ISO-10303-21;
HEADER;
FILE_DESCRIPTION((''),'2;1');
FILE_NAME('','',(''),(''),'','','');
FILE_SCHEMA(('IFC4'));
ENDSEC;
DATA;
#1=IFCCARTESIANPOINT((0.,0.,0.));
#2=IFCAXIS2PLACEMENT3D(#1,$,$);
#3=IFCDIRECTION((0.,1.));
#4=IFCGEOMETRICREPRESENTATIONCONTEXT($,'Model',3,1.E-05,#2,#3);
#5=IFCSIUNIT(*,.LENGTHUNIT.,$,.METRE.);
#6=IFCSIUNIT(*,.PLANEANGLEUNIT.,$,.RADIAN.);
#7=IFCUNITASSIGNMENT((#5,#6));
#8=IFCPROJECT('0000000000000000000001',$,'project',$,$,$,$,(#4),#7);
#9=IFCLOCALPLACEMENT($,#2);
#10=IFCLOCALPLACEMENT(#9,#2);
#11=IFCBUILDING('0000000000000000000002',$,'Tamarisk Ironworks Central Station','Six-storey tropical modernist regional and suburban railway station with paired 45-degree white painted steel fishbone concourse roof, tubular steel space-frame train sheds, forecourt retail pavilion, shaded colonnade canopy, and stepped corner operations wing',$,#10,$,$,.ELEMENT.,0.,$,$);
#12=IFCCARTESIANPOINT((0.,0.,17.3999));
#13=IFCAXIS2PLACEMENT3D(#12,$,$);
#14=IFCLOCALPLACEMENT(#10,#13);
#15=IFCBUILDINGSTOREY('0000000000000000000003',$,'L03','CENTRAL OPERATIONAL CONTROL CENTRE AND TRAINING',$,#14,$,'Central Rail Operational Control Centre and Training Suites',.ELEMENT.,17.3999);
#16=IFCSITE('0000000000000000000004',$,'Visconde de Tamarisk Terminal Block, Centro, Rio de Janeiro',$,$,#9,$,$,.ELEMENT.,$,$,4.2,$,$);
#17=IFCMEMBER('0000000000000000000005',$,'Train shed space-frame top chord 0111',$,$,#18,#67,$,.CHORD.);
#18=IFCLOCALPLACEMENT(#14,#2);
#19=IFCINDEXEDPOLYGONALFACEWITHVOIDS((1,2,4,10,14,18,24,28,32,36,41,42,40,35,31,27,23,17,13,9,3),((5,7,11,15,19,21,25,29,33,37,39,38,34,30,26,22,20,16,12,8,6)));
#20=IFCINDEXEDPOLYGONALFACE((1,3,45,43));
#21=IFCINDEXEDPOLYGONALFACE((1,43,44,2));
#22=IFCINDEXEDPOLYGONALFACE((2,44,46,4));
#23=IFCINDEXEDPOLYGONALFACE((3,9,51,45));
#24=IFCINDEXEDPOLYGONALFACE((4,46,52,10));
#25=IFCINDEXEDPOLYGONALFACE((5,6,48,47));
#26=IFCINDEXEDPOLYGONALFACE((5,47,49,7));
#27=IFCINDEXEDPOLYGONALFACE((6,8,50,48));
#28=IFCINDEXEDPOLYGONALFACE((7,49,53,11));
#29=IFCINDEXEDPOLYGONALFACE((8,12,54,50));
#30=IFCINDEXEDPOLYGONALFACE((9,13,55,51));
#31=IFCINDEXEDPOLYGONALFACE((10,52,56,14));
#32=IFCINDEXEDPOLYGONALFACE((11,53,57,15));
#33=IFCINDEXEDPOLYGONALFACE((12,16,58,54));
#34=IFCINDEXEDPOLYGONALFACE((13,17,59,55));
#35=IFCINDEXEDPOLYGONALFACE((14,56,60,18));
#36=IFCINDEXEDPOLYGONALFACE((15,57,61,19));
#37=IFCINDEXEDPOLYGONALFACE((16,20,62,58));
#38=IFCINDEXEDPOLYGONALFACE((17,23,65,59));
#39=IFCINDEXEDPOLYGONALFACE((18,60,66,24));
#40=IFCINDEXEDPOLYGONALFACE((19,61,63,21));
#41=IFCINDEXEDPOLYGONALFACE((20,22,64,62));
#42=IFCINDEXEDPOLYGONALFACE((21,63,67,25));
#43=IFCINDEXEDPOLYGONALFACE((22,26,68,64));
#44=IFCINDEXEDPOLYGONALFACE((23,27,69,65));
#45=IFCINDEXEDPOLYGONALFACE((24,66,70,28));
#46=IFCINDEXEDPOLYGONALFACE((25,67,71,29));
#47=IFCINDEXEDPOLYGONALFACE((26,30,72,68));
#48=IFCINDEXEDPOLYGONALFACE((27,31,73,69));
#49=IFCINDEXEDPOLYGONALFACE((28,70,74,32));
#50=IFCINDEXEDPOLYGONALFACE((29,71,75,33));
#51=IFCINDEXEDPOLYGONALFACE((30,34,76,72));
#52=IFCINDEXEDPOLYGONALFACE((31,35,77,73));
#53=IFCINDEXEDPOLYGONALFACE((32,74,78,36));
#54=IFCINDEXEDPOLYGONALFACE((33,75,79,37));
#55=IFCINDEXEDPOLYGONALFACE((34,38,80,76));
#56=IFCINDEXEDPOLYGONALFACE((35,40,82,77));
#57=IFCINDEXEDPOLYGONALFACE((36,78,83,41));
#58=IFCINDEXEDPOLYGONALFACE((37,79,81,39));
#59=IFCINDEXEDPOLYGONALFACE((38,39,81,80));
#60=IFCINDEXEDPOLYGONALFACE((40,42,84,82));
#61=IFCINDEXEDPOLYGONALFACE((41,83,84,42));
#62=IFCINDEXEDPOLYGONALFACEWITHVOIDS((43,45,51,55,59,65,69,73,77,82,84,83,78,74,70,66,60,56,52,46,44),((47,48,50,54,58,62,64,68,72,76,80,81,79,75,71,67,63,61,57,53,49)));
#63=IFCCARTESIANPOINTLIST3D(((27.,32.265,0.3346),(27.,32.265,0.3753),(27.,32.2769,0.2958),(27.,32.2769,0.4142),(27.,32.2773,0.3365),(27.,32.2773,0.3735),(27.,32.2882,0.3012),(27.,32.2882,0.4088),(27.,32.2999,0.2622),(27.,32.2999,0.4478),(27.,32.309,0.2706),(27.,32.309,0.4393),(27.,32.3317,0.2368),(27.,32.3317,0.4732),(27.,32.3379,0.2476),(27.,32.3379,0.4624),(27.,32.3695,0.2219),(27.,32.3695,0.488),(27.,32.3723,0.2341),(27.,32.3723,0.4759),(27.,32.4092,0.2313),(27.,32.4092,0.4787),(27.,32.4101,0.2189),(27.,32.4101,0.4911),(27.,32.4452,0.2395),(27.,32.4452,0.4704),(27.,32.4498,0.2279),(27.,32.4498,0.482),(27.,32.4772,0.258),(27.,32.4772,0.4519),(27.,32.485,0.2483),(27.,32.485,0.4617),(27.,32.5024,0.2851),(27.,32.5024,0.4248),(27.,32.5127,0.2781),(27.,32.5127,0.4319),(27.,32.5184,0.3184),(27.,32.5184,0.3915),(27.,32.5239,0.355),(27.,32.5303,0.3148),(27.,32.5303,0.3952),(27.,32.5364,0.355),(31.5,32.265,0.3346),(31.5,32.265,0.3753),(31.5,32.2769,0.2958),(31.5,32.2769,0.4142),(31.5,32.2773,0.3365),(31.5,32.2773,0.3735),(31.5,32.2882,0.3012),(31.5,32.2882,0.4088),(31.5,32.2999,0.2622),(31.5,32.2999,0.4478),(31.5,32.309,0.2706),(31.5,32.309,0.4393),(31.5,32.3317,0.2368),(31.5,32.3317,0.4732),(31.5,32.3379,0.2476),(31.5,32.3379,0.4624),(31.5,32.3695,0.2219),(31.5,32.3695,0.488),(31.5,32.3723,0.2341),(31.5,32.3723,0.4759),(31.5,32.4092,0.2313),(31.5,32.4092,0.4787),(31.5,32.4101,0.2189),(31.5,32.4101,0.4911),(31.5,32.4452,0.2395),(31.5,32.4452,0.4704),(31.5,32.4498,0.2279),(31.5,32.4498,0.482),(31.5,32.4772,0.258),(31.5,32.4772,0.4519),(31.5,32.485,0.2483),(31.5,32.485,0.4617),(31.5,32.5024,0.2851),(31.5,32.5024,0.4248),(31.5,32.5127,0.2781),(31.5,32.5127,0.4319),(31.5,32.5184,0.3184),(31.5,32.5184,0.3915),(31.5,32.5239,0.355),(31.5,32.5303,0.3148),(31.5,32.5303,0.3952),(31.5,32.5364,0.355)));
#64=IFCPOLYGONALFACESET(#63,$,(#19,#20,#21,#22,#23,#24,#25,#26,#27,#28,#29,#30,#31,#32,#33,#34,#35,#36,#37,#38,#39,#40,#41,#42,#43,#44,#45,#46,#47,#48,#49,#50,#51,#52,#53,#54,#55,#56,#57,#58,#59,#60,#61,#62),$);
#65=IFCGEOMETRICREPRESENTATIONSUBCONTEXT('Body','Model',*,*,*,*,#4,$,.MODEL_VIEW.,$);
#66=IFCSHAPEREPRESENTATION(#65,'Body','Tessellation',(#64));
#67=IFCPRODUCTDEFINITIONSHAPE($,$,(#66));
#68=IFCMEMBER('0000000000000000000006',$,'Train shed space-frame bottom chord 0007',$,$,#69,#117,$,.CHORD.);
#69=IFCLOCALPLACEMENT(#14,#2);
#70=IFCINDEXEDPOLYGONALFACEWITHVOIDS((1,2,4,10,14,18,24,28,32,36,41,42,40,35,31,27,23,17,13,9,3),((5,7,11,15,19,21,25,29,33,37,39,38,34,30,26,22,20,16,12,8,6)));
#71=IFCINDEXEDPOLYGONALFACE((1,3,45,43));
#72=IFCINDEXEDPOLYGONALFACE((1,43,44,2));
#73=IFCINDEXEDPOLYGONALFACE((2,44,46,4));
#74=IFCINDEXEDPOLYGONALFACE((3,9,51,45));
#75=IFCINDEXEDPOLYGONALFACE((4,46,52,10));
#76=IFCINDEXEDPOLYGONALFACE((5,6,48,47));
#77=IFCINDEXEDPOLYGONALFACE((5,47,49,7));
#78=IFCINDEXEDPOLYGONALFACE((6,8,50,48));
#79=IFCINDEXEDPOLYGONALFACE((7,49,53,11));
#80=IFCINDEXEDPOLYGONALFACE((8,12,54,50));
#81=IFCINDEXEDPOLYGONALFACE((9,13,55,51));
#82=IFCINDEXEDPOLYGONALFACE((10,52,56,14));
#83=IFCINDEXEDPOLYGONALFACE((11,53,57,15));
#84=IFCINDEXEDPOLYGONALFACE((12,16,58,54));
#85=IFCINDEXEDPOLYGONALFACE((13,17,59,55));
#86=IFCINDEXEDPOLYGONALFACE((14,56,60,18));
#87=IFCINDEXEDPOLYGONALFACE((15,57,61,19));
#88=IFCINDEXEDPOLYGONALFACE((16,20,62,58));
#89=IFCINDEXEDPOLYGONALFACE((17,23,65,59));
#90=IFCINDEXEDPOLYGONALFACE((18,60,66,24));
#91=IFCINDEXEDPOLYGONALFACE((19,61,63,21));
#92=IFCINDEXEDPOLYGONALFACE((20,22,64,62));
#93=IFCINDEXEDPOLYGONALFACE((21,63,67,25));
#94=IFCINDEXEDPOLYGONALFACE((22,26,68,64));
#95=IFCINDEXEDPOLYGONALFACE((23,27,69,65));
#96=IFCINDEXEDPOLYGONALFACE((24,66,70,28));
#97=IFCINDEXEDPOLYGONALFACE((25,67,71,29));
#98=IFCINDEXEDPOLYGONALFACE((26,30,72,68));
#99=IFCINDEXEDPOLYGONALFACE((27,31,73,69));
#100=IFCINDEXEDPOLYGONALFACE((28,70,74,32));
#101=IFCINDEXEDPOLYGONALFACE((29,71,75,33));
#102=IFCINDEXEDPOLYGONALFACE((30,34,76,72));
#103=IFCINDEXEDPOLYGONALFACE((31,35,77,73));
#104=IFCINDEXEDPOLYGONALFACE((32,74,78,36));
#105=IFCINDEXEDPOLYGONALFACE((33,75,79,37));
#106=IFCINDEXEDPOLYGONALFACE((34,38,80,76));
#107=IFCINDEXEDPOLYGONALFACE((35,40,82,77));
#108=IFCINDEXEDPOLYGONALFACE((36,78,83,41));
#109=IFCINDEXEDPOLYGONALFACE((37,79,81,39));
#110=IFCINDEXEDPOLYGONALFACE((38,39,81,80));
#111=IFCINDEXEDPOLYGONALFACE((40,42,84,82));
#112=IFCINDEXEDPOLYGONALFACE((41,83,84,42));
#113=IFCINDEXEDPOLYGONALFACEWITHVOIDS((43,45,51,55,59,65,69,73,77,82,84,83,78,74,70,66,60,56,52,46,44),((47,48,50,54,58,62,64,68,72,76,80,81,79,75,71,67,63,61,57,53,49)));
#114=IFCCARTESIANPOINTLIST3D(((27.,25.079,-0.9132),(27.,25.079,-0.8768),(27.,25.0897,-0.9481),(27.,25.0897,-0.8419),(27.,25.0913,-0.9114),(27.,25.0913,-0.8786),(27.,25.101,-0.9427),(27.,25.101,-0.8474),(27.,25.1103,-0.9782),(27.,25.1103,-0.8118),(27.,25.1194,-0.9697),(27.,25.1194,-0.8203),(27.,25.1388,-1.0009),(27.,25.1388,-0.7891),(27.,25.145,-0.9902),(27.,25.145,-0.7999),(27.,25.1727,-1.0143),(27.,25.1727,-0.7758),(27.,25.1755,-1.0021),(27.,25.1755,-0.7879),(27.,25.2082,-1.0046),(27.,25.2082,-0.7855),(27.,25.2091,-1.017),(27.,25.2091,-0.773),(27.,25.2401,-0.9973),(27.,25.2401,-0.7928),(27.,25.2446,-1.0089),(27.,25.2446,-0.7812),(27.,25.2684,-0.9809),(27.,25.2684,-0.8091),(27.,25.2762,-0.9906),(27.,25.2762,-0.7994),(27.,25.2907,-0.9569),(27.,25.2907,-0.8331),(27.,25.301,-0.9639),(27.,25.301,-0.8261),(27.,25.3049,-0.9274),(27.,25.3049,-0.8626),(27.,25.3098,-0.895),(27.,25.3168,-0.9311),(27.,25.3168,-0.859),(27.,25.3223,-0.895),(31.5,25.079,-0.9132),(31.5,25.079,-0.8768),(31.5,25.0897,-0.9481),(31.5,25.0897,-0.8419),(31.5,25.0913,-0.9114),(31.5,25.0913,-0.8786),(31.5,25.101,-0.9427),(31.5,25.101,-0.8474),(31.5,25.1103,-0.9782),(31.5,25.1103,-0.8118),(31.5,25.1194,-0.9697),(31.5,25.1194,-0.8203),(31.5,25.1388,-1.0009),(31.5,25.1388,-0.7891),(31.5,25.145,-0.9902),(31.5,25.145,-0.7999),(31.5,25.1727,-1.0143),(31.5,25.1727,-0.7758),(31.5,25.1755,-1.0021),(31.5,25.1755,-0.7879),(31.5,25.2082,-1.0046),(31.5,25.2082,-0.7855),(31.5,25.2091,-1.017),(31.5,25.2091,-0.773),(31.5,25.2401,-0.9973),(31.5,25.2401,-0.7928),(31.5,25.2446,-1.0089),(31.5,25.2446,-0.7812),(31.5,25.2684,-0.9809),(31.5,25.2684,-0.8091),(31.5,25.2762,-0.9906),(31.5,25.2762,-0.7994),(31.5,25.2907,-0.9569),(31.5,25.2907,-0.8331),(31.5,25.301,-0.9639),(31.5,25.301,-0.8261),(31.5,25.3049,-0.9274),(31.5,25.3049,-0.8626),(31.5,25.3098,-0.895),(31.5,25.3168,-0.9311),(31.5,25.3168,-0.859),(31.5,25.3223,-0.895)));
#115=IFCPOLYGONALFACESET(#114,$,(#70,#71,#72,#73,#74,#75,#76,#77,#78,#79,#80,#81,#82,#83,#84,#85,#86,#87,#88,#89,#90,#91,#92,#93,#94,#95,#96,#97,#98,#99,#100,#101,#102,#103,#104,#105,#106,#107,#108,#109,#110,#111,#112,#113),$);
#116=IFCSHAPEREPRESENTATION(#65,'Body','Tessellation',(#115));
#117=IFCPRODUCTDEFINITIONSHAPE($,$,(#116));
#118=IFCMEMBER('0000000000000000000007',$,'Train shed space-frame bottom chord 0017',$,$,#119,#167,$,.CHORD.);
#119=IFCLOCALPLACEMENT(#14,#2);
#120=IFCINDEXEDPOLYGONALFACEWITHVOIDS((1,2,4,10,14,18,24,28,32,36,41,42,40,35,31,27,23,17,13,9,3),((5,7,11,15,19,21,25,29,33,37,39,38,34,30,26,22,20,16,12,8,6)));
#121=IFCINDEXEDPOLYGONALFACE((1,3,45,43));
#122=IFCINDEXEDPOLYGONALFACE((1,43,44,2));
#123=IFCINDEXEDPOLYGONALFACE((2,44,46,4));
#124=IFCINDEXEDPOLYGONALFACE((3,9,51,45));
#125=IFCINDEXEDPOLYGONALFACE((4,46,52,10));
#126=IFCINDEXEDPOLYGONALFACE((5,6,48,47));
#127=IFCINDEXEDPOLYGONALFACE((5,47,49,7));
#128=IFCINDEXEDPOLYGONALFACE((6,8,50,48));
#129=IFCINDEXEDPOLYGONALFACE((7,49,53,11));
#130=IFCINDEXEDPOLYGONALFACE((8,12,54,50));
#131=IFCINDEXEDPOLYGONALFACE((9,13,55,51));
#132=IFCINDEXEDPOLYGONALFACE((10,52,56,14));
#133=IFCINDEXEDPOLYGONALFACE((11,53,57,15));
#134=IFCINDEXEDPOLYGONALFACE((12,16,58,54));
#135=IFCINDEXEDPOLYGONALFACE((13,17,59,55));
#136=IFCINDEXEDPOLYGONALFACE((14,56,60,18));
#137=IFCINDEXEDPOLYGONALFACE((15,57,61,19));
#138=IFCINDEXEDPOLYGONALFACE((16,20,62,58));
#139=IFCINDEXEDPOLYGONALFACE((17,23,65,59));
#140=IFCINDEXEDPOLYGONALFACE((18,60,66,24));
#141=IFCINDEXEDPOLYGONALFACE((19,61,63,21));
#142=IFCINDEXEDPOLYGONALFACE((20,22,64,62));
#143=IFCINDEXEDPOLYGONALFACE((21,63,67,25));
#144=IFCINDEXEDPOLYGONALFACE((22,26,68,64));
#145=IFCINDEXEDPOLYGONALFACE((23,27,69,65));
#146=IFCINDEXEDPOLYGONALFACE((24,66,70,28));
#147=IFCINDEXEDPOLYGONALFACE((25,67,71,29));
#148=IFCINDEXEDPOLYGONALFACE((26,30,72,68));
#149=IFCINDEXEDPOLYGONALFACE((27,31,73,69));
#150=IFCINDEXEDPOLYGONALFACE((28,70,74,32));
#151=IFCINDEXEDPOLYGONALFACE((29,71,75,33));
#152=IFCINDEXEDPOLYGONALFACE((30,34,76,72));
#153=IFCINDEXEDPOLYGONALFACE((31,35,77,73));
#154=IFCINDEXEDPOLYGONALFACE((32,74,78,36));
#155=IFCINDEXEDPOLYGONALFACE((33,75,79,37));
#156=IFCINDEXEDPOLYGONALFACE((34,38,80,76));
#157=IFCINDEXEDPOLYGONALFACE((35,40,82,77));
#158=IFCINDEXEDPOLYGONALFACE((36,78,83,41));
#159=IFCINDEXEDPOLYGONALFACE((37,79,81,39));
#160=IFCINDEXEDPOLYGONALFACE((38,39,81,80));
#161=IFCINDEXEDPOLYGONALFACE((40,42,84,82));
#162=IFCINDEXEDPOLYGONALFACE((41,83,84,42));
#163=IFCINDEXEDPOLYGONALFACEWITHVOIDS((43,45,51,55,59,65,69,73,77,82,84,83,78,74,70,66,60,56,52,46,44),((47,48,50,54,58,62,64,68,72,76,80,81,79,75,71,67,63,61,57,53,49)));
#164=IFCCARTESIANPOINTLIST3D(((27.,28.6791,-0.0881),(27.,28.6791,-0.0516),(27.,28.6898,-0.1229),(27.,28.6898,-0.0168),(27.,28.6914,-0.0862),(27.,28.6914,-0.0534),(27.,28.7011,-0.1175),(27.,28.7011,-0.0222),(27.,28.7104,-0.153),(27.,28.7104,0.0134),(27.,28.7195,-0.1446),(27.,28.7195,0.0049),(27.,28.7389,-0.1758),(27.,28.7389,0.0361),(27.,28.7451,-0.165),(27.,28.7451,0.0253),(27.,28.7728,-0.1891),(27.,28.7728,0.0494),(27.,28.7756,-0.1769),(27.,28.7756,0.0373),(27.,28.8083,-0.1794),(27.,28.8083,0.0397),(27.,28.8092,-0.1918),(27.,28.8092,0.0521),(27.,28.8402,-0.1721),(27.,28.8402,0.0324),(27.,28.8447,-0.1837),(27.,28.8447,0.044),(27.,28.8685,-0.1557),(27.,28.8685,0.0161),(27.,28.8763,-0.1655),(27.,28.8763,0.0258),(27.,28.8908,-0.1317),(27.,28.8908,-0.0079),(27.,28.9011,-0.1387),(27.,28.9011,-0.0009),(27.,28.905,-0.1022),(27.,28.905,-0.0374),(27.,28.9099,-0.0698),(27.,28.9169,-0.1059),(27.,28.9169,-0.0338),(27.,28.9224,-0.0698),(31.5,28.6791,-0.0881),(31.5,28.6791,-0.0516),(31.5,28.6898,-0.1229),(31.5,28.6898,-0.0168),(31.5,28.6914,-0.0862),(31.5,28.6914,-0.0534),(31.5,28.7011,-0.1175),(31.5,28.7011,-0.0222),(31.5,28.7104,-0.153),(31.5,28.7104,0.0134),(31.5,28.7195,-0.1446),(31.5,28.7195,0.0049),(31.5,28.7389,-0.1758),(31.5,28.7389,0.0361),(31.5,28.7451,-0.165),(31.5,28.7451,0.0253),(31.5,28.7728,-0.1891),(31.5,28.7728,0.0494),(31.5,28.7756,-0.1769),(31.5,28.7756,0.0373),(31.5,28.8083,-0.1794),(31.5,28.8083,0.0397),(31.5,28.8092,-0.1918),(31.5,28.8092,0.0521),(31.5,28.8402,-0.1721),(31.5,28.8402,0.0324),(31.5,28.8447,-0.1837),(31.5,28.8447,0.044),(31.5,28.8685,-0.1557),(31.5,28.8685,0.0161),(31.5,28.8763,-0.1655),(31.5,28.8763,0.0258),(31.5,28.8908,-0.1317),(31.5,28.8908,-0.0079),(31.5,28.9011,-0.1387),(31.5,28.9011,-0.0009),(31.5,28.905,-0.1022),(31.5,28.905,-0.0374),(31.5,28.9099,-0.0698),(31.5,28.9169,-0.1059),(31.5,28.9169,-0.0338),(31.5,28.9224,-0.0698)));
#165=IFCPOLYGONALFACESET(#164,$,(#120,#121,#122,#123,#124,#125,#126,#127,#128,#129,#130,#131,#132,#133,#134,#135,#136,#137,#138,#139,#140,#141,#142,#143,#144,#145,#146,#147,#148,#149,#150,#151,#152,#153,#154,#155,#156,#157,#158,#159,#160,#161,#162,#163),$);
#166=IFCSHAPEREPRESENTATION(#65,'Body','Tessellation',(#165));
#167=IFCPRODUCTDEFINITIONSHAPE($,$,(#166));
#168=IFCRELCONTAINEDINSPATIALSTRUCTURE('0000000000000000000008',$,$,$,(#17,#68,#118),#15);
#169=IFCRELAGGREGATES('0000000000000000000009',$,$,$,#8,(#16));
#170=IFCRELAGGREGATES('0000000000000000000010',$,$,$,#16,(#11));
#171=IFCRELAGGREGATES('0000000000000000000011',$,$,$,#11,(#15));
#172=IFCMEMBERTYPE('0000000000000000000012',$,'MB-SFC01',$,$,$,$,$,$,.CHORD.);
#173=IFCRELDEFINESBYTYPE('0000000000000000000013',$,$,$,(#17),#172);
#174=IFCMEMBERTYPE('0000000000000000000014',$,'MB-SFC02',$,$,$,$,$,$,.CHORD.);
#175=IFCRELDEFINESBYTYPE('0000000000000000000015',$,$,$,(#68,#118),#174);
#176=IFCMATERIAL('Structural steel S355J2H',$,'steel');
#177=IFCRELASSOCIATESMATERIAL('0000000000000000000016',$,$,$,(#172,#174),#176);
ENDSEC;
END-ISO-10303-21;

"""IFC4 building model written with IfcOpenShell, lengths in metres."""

from ifc_helpers import new_model, si_unit, direction, frame, origin, origin_2d, place, context, subcontext, project, spatial, hollow_circle, extrude, material, material_profile, profile_set, type_object, element, save


model = new_model("IFC4")

# Units and contexts
model_context = context("Model", 3, precision=1e-05, world=origin(), true_north=direction((0.0, 1.0)))
body_context = subcontext(model_context, "Body", "Model", "MODEL_VIEW")
ifc_project = project(units=[si_unit("LENGTHUNIT", "METRE"), si_unit("PLANEANGLEUNIT", "RADIAN")], contexts=[model_context])

# Site, building, storey
site_placement = place(None, origin())
site = spatial("IfcSite", under=ifc_project, at=site_placement, Name="Visconde de Tamarisk Terminal Block, Centro, Rio de Janeiro", CompositionType="ELEMENT", RefElevation=4.2)
building_placement = place(site_placement, origin())
building = spatial("IfcBuilding", under=site, at=building_placement, Name="Tamarisk Ironworks Central Station", Description="Six-storey tropical modernist regional and suburban railway station with paired 45-degree white painted steel fishbone concourse roof, tubular steel space-frame train sheds, forecourt retail pavilion, shaded colonnade canopy, and stepped corner operations wing", CompositionType="ELEMENT", ElevationOfRefHeight=0.0)
storey_placement = place(building_placement, frame((0.0, 0.0, 17.3999)))
storey = spatial("IfcBuildingStorey", under=building, at=storey_placement, Name="L03", Description="CENTRAL OPERATIONAL CONTROL CENTRE AND TRAINING", LongName="Central Rail Operational Control Centre and Training Suites", CompositionType="ELEMENT", Elevation=17.3999)

# Members
ifc_material = material(Name="Structural steel S355J2H", Category="steel")
ifc_material_profile_1 = material_profile(ifc_material, hollow_circle(Radius=0.1365, WallThickness=0.0125, at=origin_2d()), Name="CHS 273x12.5")
ifc_profile_set_1 = profile_set([ifc_material_profile_1], Name="Structural steel S355J2H")
member_type_1 = type_object("IfcMemberType", Name="MB-SFC01", PredefinedType="CHORD", material=ifc_profile_set_1)
for number, where, z_axis, x_axis, name in (
    (1, (27.0, 32.3999, 0.355), (1.0, 0.0, 0.0), (0.0, 1.0, 0.0), "Train shed space-frame top chord 0111"),
):
    element("IfcMember", number, at=place(storey_placement, frame(where, z_axis=z_axis, x_axis=x_axis)), inside=storey, type_object=member_type_1, Name=name, PredefinedType="CHORD", context=body_context, shape_type="SweptSolid", body=[
        extrude(hollow_circle(Radius=0.1365, WallThickness=0.0125, at=origin_2d()), origin(), (0.0, 0.0, 1.0), 4.5),
    ])
ifc_material_profile_2 = material_profile(ifc_material, hollow_circle(Radius=0.1223, WallThickness=0.0125, at=origin_2d()), Name="CHS 244.5x12.5")
ifc_profile_set_2 = profile_set([ifc_material_profile_2], Name="Structural steel S355J2H")
member_type_2 = type_object("IfcMemberType", Name="MB-SFC02", PredefinedType="CHORD", material=ifc_profile_set_2)
for number, where, z_axis, x_axis, name in (
    (2, (27.0, 25.2, -0.895), (1.0, 0.0, 0.0), (0.0, 1.0, 0.0), "Train shed space-frame bottom chord 0007"),
    (3, (27.0, 28.8, -0.0698), (1.0, 0.0, 0.0), (0.0, 1.0, 0.0), "Train shed space-frame bottom chord 0017"),
):
    element("IfcMember", number, at=place(storey_placement, frame(where, z_axis=z_axis, x_axis=x_axis)), inside=storey, type_object=member_type_2, Name=name, PredefinedType="CHORD", context=body_context, shape_type="SweptSolid", body=[
        extrude(hollow_circle(Radius=0.1223, WallThickness=0.0125, at=origin_2d()), origin(), (0.0, 0.0, 1.0), 4.5),
    ])

save(model, "model.ifc")
